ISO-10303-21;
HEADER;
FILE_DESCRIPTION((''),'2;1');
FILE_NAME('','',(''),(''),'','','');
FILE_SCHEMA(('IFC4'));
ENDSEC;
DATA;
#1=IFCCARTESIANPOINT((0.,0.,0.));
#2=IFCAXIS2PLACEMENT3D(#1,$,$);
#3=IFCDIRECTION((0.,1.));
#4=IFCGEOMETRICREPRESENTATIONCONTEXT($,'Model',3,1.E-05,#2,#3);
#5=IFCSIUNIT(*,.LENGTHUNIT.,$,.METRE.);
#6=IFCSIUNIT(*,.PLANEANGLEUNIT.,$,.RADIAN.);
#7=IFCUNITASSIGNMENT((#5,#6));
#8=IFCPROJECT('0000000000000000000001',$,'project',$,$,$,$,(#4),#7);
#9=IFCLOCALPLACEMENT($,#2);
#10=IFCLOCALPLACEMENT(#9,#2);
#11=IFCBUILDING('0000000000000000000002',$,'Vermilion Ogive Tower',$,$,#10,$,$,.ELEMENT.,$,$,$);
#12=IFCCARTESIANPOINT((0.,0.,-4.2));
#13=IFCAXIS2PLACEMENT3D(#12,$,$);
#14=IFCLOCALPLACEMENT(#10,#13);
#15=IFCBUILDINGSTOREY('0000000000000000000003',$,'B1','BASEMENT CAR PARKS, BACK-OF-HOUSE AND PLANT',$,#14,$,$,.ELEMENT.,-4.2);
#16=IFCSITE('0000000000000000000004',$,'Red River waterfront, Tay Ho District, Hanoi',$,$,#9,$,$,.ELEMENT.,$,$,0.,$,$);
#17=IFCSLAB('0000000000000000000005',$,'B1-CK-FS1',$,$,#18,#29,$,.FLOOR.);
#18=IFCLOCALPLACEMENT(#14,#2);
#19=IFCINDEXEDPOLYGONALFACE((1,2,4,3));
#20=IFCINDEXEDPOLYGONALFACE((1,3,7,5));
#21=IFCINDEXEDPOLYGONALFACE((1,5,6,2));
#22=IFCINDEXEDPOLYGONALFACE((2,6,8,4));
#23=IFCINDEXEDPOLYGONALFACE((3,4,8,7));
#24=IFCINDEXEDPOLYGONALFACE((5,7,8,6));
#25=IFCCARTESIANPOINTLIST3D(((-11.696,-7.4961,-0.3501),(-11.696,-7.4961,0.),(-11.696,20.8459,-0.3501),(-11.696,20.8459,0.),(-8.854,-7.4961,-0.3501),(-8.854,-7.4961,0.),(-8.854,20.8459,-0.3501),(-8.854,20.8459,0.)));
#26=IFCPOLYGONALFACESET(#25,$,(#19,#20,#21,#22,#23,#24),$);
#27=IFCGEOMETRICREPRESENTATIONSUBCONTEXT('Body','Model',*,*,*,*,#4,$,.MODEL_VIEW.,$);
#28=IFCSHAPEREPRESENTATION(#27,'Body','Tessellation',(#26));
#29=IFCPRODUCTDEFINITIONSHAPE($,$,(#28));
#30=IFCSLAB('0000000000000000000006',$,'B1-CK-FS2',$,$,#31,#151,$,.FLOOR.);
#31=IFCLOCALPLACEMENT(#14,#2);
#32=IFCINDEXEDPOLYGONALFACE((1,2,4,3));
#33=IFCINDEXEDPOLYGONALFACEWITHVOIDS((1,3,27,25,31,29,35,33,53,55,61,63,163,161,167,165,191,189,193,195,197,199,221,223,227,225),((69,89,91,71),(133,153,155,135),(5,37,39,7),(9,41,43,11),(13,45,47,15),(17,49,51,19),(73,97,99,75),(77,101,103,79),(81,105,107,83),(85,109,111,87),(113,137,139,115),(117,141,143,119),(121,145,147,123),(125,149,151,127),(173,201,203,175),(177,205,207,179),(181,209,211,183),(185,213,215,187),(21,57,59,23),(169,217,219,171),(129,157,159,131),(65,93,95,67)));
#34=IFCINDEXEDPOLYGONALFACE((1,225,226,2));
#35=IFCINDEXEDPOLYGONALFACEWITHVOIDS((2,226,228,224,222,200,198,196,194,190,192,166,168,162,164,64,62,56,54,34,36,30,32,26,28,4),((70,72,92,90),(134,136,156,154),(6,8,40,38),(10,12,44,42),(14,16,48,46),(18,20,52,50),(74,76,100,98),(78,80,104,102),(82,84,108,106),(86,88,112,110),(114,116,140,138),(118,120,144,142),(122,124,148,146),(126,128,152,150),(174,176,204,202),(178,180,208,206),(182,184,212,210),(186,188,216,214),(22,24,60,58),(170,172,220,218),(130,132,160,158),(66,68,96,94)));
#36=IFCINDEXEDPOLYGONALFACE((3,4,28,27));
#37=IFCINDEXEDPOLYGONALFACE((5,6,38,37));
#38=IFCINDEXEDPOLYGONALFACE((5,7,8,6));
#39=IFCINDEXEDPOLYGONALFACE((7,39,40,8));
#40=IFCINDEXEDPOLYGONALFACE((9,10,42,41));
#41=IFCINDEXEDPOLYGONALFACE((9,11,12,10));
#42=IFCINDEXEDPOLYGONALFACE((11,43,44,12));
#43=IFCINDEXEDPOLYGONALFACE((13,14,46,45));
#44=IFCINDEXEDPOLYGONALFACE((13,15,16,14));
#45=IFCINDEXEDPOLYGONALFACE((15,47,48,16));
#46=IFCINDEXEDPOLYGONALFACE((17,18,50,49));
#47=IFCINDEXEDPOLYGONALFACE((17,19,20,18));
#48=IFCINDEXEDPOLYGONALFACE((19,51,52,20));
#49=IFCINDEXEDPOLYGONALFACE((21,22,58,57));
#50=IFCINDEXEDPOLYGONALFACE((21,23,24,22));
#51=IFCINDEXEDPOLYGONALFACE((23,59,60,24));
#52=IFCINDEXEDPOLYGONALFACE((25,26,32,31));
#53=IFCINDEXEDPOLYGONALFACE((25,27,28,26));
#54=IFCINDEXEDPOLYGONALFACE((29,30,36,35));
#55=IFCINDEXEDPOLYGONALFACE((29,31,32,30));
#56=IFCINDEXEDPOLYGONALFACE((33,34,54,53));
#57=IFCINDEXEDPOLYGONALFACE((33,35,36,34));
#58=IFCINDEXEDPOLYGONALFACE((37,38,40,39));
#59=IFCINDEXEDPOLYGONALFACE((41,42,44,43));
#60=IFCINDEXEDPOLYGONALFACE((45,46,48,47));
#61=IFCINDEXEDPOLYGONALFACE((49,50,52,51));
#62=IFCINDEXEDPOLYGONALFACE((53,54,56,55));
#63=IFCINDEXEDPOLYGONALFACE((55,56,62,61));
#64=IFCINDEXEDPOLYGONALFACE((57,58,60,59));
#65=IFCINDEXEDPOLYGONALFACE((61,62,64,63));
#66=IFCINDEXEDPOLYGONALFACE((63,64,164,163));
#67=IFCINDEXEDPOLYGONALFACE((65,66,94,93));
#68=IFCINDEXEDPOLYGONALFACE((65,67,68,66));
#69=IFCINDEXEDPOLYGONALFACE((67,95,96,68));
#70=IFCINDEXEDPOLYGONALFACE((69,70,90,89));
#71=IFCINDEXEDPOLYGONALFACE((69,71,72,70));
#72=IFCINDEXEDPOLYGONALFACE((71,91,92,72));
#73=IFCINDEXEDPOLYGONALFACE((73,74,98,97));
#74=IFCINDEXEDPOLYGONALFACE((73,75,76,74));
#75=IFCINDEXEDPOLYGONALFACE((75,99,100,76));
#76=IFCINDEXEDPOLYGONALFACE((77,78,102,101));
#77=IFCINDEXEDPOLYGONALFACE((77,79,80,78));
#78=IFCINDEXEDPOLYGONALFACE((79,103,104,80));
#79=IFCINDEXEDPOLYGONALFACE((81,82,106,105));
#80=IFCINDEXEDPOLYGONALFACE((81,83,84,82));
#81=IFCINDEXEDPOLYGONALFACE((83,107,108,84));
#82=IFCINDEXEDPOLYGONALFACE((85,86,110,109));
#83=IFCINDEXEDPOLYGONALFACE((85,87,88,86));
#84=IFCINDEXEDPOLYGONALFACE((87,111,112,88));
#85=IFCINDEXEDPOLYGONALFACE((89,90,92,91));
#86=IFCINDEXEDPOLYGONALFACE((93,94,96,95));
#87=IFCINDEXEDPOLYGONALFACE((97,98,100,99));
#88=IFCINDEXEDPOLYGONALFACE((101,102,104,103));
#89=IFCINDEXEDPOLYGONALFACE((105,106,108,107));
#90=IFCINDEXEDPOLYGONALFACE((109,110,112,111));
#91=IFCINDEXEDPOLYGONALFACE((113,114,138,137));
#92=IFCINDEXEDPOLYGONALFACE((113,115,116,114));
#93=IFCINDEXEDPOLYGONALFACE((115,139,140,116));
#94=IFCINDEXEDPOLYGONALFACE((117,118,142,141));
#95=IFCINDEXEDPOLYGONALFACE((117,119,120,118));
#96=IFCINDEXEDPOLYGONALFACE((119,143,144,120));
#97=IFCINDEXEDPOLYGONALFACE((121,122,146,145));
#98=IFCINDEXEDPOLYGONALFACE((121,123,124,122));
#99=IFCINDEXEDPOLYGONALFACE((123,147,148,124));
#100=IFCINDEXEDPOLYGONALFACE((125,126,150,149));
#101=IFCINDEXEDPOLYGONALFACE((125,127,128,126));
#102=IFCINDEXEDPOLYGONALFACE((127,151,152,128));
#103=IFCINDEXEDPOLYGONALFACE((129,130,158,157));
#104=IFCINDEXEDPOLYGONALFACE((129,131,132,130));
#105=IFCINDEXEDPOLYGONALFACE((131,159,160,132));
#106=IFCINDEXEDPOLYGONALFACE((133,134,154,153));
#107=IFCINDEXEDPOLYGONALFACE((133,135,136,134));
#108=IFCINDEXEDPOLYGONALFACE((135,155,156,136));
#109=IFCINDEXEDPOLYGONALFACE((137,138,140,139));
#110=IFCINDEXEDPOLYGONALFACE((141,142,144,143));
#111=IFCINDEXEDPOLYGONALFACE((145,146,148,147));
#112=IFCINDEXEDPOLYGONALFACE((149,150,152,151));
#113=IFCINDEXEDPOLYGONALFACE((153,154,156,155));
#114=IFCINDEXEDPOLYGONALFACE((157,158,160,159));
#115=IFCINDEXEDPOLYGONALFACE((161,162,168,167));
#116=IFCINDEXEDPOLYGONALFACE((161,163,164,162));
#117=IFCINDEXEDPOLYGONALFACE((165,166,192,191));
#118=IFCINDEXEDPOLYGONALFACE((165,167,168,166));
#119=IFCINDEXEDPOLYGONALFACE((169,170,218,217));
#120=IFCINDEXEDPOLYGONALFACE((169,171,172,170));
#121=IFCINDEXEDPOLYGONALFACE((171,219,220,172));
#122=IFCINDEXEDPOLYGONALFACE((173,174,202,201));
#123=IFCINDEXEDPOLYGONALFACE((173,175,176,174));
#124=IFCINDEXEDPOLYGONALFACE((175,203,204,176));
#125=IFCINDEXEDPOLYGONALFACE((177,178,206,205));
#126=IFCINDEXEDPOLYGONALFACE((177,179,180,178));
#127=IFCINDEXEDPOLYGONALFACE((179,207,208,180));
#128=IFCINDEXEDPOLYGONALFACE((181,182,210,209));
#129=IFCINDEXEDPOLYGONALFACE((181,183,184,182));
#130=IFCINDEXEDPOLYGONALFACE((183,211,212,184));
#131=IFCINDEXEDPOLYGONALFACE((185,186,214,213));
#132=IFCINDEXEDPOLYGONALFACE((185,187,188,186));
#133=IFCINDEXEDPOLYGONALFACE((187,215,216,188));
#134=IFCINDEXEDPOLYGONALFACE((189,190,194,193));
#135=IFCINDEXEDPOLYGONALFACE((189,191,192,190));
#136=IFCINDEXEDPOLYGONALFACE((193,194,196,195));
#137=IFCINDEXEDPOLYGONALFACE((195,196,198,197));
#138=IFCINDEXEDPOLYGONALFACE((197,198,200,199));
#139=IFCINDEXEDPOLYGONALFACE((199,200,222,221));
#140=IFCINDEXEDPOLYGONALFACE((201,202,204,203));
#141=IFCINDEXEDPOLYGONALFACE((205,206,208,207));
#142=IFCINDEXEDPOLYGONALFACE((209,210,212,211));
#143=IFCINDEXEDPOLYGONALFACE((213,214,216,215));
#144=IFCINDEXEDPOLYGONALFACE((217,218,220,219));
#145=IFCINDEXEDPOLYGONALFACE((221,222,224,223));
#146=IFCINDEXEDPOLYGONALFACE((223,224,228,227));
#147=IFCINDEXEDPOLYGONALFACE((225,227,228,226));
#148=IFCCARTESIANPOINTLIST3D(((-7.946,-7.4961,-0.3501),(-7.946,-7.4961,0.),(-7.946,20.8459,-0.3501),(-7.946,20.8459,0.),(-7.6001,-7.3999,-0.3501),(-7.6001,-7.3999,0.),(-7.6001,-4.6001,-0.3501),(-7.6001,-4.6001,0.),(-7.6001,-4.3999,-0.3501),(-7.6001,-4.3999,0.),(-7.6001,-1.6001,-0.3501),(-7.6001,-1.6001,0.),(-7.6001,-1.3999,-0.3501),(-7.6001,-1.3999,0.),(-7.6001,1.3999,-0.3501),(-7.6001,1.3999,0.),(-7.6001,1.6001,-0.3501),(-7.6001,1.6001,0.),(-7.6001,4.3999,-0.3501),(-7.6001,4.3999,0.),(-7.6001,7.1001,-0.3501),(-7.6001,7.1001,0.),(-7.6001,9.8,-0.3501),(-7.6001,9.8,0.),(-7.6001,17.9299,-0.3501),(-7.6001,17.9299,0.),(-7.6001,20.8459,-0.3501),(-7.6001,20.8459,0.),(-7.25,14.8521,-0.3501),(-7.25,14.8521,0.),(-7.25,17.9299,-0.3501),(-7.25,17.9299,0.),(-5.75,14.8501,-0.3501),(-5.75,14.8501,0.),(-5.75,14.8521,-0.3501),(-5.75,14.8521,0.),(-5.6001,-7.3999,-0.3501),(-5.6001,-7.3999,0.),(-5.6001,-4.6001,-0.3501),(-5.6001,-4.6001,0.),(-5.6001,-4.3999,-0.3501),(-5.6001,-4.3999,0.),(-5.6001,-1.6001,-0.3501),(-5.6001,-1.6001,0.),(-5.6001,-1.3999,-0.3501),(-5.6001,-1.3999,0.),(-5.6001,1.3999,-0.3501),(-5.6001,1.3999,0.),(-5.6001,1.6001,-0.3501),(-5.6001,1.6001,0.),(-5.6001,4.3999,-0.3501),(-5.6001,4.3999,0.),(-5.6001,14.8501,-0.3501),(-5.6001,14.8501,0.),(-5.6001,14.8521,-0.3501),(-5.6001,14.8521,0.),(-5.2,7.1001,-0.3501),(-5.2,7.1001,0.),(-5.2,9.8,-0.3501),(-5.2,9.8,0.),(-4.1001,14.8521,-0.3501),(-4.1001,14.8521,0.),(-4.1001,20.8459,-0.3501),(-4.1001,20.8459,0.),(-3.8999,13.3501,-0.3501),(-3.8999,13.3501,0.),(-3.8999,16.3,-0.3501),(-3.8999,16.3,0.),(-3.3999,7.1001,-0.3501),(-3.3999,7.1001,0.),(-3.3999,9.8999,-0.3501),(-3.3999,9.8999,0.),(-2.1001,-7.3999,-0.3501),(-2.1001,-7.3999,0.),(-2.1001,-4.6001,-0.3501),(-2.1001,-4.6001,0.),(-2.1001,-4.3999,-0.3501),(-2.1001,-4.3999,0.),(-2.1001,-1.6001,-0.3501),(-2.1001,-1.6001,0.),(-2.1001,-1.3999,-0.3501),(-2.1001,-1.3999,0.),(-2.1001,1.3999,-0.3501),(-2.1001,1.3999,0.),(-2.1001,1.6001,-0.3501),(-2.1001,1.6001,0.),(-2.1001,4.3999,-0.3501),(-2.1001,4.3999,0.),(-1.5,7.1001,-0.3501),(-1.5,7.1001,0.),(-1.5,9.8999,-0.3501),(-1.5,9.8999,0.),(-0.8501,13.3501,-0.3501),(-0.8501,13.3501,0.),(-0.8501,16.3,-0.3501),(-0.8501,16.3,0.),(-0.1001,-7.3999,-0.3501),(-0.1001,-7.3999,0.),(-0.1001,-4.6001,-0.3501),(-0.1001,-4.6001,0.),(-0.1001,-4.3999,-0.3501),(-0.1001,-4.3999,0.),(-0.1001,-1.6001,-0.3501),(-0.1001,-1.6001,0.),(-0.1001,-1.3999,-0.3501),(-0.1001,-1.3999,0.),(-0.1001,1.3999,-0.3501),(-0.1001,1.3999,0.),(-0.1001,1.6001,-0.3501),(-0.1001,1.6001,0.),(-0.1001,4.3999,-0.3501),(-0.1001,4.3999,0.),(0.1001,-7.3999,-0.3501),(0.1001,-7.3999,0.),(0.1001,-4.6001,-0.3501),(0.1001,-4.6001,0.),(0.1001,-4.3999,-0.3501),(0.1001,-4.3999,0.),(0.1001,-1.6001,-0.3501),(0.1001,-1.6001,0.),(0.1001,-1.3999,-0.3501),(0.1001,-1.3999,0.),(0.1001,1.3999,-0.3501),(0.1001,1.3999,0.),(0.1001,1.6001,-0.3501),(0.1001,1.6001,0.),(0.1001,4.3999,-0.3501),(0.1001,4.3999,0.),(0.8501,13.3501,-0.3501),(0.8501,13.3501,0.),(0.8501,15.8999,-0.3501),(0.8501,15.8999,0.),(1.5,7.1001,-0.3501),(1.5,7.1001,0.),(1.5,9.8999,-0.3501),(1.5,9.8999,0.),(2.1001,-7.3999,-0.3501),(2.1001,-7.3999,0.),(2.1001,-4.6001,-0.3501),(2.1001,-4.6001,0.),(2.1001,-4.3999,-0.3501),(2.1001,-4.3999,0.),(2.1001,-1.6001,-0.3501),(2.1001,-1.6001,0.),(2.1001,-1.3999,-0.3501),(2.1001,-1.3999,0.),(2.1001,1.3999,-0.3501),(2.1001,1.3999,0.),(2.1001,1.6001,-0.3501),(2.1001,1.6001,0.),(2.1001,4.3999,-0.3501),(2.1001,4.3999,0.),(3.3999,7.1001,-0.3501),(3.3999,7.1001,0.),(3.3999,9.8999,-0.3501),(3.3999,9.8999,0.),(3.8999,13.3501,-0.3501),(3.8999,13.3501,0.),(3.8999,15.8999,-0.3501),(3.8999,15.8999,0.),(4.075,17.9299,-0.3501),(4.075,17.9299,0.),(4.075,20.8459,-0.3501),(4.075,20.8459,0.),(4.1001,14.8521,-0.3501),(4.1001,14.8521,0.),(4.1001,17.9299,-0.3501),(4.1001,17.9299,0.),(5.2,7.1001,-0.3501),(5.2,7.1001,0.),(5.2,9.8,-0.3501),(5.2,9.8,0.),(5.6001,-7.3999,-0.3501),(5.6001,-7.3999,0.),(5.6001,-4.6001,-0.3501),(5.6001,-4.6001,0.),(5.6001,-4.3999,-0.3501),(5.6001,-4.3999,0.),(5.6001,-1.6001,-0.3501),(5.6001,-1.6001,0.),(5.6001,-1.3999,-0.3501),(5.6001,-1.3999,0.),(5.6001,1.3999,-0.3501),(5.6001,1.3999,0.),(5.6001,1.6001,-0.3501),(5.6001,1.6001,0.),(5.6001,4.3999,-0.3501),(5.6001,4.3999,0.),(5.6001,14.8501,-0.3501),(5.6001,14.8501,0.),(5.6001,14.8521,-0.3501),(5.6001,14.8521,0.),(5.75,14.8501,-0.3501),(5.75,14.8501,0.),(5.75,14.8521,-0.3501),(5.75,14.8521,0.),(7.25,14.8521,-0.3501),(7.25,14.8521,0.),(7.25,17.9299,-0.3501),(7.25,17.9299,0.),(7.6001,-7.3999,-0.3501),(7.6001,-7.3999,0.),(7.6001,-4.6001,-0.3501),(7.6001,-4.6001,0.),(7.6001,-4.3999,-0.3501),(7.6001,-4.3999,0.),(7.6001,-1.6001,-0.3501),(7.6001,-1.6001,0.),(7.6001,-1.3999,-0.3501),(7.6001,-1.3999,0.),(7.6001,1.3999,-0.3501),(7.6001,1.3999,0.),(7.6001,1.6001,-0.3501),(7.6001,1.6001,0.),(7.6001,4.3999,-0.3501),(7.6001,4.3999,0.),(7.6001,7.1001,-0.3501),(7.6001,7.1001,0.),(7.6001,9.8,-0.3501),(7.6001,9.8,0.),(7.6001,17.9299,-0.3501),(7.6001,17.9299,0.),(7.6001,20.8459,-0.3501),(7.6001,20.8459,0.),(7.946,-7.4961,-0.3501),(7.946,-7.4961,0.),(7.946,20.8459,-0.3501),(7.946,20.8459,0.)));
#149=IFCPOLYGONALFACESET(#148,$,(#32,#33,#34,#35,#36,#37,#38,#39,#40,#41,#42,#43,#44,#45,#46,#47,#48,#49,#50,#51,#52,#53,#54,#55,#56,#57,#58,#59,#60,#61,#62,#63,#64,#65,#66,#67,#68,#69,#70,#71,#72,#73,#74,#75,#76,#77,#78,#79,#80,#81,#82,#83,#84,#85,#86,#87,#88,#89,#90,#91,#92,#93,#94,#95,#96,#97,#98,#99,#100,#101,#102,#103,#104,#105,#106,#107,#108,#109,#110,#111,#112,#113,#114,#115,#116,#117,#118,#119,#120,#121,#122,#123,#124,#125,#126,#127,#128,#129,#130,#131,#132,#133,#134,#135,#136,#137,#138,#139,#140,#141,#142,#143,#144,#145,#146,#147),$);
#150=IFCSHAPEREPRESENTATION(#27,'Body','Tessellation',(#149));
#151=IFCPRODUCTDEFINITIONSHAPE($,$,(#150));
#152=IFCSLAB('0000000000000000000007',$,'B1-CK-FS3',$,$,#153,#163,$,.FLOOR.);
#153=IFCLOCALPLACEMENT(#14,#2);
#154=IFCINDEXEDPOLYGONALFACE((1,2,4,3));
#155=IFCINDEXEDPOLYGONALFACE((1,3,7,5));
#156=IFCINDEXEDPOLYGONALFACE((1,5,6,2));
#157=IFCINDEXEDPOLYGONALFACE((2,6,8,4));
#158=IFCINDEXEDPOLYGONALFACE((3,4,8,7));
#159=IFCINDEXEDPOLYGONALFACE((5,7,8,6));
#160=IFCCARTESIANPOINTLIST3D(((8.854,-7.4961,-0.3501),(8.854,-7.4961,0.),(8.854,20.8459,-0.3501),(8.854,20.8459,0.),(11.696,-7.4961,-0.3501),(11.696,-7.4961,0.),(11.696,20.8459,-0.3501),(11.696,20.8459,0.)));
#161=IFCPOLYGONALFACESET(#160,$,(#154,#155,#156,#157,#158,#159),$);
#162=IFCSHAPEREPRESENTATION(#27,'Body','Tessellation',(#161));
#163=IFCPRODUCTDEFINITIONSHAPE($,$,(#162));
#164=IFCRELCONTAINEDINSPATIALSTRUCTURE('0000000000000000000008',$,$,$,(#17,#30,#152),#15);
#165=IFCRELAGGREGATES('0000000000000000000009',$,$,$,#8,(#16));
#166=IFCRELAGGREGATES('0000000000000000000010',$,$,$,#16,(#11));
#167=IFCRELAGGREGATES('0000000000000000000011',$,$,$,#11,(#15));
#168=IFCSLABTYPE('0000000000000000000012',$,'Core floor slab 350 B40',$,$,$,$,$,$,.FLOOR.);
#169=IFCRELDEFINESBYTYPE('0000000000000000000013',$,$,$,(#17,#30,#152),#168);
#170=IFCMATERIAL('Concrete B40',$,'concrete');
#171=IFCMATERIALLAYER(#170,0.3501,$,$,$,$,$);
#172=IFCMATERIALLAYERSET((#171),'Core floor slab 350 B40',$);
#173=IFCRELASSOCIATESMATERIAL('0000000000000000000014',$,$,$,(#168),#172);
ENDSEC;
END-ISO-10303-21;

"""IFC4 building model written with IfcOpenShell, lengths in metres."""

from ifc_helpers import new_model, si_unit, direction, frame, origin, place, context, subcontext, project, spatial, polyline, outline, extrude, material, layer, layer_set, type_object, element, save


model = new_model("IFC4")

# Units and contexts
model_context = context("Model", 3, precision=1e-05, world=origin(), true_north=direction((0.0, 1.0)))
body_context = subcontext(model_context, "Body", "Model", "MODEL_VIEW")
ifc_project = project(units=[si_unit("LENGTHUNIT", "METRE"), si_unit("PLANEANGLEUNIT", "RADIAN")], contexts=[model_context])

# Site, building, storey
site_placement = place(None, origin())
site = spatial("IfcSite", under=ifc_project, at=site_placement, Name="Red River waterfront, Tay Ho District, Hanoi", CompositionType="ELEMENT", RefElevation=0.0)
building_placement = place(site_placement, origin())
building = spatial("IfcBuilding", under=site, at=building_placement, Name="Vermilion Ogive Tower", CompositionType="ELEMENT")
storey_placement = place(building_placement, frame((0.0, 0.0, -4.2)))
storey = spatial("IfcBuildingStorey", under=building, at=storey_placement, Name="B1", Description="BASEMENT CAR PARKS, BACK-OF-HOUSE AND PLANT", CompositionType="ELEMENT", Elevation=-4.2)

# Slabs
ifc_material_1 = material(Name="Concrete B40", Category="concrete")
ifc_layer_1 = layer(ifc_material_1, 0.3501)
ifc_layer_set_1 = layer_set([ifc_layer_1], Name="Core floor slab 350 B40")
slab_type_1 = type_object("IfcSlabType", Name="Core floor slab 350 B40", PredefinedType="FLOOR", material=ifc_layer_set_1)
slab_1_placement = place(storey_placement, frame((0.0, 0.0, -0.3501)))
element("IfcSlab", 1, at=slab_1_placement, inside=storey, type_object=slab_type_1, Name="B1-CK-FS1", PredefinedType="FLOOR", context=body_context, shape_type="SweptSolid", body=[
    extrude(outline(polyline([(-8.854, -7.4961), (-11.696, -7.4961), (-11.696, 20.8459), (-8.854, 20.8459), (-8.854, -7.4961)])), origin(), (0.0, 0.0, 1.0), 0.3501),
])
slab_2_placement = place(storey_placement, frame((0.0, 0.0, -0.3501)))
element("IfcSlab", 2, at=slab_2_placement, inside=storey, type_object=slab_type_1, Name="B1-CK-FS2", PredefinedType="FLOOR", context=body_context, shape_type="SweptSolid", body=[
    extrude(outline(polyline([(5.75, 14.8501), (5.6001, 14.8501), (5.6001, 14.8521), (4.1001, 14.8521), (4.1001, 17.9299), (4.075, 17.9299), (4.075, 20.8459), (-4.1001, 20.8459), (-4.1001, 14.8521), (-5.6001, 14.8521), (-5.6001, 14.8501), (-5.75, 14.8501), (-5.75, 14.8521), (-7.25, 14.8521), (-7.25, 17.9299), (-7.6001, 17.9299), (-7.6001, 20.8459), (-7.946, 20.8459), (-7.946, -7.4961), (7.946, -7.4961), (7.946, 20.8459), (7.6001, 20.8459), (7.6001, 17.9299), (7.25, 17.9299), (7.25, 14.8521), (5.75, 14.8521), (5.75, 14.8501)]), holes=[polyline([(-7.6001, -4.6001), (-5.6001, -4.6001), (-5.6001, -7.3999), (-7.6001, -7.3999), (-7.6001, -4.6001)]), polyline([(-2.1001, -4.6001), (-0.1001, -4.6001), (-0.1001, -7.3999), (-2.1001, -7.3999), (-2.1001, -4.6001)]), polyline([(-7.6001, -1.6001), (-5.6001, -1.6001), (-5.6001, -4.3999), (-7.6001, -4.3999), (-7.6001, -1.6001)]), polyline([(-2.1001, -1.6001), (-0.1001, -1.6001), (-0.1001, -4.3999), (-2.1001, -4.3999), (-2.1001, -1.6001)]), polyline([(-7.6001, 1.3999), (-5.6001, 1.3999), (-5.6001, -1.3999), (-7.6001, -1.3999), (-7.6001, 1.3999)]), polyline([(-2.1001, 1.3999), (-0.1001, 1.3999), (-0.1001, -1.3999), (-2.1001, -1.3999), (-2.1001, 1.3999)]), polyline([(0.1001, 1.3999), (2.1001, 1.3999), (2.1001, -1.3999), (0.1001, -1.3999), (0.1001, 1.3999)]), polyline([(-7.6001, 4.3999), (-5.6001, 4.3999), (-5.6001, 1.6001), (-7.6001, 1.6001), (-7.6001, 4.3999)]), polyline([(-2.1001, 4.3999), (-0.1001, 4.3999), (-0.1001, 1.6001), (-2.1001, 1.6001), (-2.1001, 4.3999)]), polyline([(-7.6001, 9.8), (-5.2, 9.8), (-5.2, 7.1001), (-7.6001, 7.1001), (-7.6001, 9.8)]), polyline([(-3.3999, 9.8999), (-1.5, 9.8999), (-1.5, 7.1001), (-3.3999, 7.1001), (-3.3999, 9.8999)]), polyline([(-3.8999, 16.3), (-0.8501, 16.3), (-0.8501, 13.3501), (-3.8999, 13.3501), (-3.8999, 16.3)]), polyline([(0.1001, -4.6001), (2.1001, -4.6001), (2.1001, -7.3999), (0.1001, -7.3999), (0.1001, -4.6001)]), polyline([(5.6001, -4.6001), (7.6001, -4.6001), (7.6001, -7.3999), (5.6001, -7.3999), (5.6001, -4.6001)]), polyline([(0.1001, -1.6001), (2.1001, -1.6001), (2.1001, -4.3999), (0.1001, -4.3999), (0.1001, -1.6001)]), polyline([(5.6001, -1.6001), (7.6001, -1.6001), (7.6001, -4.3999), (5.6001, -4.3999), (5.6001, -1.6001)]), polyline([(5.6001, 1.3999), (7.6001, 1.3999), (7.6001, -1.3999), (5.6001, -1.3999), (5.6001, 1.3999)]), polyline([(0.1001, 4.3999), (2.1001, 4.3999), (2.1001, 1.6001), (0.1001, 1.6001), (0.1001, 4.3999)]), polyline([(5.6001, 4.3999), (7.6001, 4.3999), (7.6001, 1.6001), (5.6001, 1.6001), (5.6001, 4.3999)]), polyline([(5.2, 9.8), (7.6001, 9.8), (7.6001, 7.1001), (5.2, 7.1001), (5.2, 9.8)]), polyline([(1.5, 9.8999), (3.3999, 9.8999), (3.3999, 7.1001), (1.5, 7.1001), (1.5, 9.8999)]), polyline([(0.8501, 15.8999), (3.8999, 15.8999), (3.8999, 13.3501), (0.8501, 13.3501), (0.8501, 15.8999)])]), origin(), (0.0, 0.0, 1.0), 0.3501),
])
slab_3_placement = place(storey_placement, frame((0.0, 0.0, -0.3501)))
element("IfcSlab", 3, at=slab_3_placement, inside=storey, type_object=slab_type_1, Name="B1-CK-FS3", PredefinedType="FLOOR", context=body_context, shape_type="SweptSolid", body=[
    extrude(outline(polyline([(8.854, 20.8459), (11.696, 20.8459), (11.696, -7.4961), (8.854, -7.4961), (8.854, 20.8459)])), origin(), (0.0, 0.0, 1.0), 0.3501),
])

save(model, "model.ifc")
